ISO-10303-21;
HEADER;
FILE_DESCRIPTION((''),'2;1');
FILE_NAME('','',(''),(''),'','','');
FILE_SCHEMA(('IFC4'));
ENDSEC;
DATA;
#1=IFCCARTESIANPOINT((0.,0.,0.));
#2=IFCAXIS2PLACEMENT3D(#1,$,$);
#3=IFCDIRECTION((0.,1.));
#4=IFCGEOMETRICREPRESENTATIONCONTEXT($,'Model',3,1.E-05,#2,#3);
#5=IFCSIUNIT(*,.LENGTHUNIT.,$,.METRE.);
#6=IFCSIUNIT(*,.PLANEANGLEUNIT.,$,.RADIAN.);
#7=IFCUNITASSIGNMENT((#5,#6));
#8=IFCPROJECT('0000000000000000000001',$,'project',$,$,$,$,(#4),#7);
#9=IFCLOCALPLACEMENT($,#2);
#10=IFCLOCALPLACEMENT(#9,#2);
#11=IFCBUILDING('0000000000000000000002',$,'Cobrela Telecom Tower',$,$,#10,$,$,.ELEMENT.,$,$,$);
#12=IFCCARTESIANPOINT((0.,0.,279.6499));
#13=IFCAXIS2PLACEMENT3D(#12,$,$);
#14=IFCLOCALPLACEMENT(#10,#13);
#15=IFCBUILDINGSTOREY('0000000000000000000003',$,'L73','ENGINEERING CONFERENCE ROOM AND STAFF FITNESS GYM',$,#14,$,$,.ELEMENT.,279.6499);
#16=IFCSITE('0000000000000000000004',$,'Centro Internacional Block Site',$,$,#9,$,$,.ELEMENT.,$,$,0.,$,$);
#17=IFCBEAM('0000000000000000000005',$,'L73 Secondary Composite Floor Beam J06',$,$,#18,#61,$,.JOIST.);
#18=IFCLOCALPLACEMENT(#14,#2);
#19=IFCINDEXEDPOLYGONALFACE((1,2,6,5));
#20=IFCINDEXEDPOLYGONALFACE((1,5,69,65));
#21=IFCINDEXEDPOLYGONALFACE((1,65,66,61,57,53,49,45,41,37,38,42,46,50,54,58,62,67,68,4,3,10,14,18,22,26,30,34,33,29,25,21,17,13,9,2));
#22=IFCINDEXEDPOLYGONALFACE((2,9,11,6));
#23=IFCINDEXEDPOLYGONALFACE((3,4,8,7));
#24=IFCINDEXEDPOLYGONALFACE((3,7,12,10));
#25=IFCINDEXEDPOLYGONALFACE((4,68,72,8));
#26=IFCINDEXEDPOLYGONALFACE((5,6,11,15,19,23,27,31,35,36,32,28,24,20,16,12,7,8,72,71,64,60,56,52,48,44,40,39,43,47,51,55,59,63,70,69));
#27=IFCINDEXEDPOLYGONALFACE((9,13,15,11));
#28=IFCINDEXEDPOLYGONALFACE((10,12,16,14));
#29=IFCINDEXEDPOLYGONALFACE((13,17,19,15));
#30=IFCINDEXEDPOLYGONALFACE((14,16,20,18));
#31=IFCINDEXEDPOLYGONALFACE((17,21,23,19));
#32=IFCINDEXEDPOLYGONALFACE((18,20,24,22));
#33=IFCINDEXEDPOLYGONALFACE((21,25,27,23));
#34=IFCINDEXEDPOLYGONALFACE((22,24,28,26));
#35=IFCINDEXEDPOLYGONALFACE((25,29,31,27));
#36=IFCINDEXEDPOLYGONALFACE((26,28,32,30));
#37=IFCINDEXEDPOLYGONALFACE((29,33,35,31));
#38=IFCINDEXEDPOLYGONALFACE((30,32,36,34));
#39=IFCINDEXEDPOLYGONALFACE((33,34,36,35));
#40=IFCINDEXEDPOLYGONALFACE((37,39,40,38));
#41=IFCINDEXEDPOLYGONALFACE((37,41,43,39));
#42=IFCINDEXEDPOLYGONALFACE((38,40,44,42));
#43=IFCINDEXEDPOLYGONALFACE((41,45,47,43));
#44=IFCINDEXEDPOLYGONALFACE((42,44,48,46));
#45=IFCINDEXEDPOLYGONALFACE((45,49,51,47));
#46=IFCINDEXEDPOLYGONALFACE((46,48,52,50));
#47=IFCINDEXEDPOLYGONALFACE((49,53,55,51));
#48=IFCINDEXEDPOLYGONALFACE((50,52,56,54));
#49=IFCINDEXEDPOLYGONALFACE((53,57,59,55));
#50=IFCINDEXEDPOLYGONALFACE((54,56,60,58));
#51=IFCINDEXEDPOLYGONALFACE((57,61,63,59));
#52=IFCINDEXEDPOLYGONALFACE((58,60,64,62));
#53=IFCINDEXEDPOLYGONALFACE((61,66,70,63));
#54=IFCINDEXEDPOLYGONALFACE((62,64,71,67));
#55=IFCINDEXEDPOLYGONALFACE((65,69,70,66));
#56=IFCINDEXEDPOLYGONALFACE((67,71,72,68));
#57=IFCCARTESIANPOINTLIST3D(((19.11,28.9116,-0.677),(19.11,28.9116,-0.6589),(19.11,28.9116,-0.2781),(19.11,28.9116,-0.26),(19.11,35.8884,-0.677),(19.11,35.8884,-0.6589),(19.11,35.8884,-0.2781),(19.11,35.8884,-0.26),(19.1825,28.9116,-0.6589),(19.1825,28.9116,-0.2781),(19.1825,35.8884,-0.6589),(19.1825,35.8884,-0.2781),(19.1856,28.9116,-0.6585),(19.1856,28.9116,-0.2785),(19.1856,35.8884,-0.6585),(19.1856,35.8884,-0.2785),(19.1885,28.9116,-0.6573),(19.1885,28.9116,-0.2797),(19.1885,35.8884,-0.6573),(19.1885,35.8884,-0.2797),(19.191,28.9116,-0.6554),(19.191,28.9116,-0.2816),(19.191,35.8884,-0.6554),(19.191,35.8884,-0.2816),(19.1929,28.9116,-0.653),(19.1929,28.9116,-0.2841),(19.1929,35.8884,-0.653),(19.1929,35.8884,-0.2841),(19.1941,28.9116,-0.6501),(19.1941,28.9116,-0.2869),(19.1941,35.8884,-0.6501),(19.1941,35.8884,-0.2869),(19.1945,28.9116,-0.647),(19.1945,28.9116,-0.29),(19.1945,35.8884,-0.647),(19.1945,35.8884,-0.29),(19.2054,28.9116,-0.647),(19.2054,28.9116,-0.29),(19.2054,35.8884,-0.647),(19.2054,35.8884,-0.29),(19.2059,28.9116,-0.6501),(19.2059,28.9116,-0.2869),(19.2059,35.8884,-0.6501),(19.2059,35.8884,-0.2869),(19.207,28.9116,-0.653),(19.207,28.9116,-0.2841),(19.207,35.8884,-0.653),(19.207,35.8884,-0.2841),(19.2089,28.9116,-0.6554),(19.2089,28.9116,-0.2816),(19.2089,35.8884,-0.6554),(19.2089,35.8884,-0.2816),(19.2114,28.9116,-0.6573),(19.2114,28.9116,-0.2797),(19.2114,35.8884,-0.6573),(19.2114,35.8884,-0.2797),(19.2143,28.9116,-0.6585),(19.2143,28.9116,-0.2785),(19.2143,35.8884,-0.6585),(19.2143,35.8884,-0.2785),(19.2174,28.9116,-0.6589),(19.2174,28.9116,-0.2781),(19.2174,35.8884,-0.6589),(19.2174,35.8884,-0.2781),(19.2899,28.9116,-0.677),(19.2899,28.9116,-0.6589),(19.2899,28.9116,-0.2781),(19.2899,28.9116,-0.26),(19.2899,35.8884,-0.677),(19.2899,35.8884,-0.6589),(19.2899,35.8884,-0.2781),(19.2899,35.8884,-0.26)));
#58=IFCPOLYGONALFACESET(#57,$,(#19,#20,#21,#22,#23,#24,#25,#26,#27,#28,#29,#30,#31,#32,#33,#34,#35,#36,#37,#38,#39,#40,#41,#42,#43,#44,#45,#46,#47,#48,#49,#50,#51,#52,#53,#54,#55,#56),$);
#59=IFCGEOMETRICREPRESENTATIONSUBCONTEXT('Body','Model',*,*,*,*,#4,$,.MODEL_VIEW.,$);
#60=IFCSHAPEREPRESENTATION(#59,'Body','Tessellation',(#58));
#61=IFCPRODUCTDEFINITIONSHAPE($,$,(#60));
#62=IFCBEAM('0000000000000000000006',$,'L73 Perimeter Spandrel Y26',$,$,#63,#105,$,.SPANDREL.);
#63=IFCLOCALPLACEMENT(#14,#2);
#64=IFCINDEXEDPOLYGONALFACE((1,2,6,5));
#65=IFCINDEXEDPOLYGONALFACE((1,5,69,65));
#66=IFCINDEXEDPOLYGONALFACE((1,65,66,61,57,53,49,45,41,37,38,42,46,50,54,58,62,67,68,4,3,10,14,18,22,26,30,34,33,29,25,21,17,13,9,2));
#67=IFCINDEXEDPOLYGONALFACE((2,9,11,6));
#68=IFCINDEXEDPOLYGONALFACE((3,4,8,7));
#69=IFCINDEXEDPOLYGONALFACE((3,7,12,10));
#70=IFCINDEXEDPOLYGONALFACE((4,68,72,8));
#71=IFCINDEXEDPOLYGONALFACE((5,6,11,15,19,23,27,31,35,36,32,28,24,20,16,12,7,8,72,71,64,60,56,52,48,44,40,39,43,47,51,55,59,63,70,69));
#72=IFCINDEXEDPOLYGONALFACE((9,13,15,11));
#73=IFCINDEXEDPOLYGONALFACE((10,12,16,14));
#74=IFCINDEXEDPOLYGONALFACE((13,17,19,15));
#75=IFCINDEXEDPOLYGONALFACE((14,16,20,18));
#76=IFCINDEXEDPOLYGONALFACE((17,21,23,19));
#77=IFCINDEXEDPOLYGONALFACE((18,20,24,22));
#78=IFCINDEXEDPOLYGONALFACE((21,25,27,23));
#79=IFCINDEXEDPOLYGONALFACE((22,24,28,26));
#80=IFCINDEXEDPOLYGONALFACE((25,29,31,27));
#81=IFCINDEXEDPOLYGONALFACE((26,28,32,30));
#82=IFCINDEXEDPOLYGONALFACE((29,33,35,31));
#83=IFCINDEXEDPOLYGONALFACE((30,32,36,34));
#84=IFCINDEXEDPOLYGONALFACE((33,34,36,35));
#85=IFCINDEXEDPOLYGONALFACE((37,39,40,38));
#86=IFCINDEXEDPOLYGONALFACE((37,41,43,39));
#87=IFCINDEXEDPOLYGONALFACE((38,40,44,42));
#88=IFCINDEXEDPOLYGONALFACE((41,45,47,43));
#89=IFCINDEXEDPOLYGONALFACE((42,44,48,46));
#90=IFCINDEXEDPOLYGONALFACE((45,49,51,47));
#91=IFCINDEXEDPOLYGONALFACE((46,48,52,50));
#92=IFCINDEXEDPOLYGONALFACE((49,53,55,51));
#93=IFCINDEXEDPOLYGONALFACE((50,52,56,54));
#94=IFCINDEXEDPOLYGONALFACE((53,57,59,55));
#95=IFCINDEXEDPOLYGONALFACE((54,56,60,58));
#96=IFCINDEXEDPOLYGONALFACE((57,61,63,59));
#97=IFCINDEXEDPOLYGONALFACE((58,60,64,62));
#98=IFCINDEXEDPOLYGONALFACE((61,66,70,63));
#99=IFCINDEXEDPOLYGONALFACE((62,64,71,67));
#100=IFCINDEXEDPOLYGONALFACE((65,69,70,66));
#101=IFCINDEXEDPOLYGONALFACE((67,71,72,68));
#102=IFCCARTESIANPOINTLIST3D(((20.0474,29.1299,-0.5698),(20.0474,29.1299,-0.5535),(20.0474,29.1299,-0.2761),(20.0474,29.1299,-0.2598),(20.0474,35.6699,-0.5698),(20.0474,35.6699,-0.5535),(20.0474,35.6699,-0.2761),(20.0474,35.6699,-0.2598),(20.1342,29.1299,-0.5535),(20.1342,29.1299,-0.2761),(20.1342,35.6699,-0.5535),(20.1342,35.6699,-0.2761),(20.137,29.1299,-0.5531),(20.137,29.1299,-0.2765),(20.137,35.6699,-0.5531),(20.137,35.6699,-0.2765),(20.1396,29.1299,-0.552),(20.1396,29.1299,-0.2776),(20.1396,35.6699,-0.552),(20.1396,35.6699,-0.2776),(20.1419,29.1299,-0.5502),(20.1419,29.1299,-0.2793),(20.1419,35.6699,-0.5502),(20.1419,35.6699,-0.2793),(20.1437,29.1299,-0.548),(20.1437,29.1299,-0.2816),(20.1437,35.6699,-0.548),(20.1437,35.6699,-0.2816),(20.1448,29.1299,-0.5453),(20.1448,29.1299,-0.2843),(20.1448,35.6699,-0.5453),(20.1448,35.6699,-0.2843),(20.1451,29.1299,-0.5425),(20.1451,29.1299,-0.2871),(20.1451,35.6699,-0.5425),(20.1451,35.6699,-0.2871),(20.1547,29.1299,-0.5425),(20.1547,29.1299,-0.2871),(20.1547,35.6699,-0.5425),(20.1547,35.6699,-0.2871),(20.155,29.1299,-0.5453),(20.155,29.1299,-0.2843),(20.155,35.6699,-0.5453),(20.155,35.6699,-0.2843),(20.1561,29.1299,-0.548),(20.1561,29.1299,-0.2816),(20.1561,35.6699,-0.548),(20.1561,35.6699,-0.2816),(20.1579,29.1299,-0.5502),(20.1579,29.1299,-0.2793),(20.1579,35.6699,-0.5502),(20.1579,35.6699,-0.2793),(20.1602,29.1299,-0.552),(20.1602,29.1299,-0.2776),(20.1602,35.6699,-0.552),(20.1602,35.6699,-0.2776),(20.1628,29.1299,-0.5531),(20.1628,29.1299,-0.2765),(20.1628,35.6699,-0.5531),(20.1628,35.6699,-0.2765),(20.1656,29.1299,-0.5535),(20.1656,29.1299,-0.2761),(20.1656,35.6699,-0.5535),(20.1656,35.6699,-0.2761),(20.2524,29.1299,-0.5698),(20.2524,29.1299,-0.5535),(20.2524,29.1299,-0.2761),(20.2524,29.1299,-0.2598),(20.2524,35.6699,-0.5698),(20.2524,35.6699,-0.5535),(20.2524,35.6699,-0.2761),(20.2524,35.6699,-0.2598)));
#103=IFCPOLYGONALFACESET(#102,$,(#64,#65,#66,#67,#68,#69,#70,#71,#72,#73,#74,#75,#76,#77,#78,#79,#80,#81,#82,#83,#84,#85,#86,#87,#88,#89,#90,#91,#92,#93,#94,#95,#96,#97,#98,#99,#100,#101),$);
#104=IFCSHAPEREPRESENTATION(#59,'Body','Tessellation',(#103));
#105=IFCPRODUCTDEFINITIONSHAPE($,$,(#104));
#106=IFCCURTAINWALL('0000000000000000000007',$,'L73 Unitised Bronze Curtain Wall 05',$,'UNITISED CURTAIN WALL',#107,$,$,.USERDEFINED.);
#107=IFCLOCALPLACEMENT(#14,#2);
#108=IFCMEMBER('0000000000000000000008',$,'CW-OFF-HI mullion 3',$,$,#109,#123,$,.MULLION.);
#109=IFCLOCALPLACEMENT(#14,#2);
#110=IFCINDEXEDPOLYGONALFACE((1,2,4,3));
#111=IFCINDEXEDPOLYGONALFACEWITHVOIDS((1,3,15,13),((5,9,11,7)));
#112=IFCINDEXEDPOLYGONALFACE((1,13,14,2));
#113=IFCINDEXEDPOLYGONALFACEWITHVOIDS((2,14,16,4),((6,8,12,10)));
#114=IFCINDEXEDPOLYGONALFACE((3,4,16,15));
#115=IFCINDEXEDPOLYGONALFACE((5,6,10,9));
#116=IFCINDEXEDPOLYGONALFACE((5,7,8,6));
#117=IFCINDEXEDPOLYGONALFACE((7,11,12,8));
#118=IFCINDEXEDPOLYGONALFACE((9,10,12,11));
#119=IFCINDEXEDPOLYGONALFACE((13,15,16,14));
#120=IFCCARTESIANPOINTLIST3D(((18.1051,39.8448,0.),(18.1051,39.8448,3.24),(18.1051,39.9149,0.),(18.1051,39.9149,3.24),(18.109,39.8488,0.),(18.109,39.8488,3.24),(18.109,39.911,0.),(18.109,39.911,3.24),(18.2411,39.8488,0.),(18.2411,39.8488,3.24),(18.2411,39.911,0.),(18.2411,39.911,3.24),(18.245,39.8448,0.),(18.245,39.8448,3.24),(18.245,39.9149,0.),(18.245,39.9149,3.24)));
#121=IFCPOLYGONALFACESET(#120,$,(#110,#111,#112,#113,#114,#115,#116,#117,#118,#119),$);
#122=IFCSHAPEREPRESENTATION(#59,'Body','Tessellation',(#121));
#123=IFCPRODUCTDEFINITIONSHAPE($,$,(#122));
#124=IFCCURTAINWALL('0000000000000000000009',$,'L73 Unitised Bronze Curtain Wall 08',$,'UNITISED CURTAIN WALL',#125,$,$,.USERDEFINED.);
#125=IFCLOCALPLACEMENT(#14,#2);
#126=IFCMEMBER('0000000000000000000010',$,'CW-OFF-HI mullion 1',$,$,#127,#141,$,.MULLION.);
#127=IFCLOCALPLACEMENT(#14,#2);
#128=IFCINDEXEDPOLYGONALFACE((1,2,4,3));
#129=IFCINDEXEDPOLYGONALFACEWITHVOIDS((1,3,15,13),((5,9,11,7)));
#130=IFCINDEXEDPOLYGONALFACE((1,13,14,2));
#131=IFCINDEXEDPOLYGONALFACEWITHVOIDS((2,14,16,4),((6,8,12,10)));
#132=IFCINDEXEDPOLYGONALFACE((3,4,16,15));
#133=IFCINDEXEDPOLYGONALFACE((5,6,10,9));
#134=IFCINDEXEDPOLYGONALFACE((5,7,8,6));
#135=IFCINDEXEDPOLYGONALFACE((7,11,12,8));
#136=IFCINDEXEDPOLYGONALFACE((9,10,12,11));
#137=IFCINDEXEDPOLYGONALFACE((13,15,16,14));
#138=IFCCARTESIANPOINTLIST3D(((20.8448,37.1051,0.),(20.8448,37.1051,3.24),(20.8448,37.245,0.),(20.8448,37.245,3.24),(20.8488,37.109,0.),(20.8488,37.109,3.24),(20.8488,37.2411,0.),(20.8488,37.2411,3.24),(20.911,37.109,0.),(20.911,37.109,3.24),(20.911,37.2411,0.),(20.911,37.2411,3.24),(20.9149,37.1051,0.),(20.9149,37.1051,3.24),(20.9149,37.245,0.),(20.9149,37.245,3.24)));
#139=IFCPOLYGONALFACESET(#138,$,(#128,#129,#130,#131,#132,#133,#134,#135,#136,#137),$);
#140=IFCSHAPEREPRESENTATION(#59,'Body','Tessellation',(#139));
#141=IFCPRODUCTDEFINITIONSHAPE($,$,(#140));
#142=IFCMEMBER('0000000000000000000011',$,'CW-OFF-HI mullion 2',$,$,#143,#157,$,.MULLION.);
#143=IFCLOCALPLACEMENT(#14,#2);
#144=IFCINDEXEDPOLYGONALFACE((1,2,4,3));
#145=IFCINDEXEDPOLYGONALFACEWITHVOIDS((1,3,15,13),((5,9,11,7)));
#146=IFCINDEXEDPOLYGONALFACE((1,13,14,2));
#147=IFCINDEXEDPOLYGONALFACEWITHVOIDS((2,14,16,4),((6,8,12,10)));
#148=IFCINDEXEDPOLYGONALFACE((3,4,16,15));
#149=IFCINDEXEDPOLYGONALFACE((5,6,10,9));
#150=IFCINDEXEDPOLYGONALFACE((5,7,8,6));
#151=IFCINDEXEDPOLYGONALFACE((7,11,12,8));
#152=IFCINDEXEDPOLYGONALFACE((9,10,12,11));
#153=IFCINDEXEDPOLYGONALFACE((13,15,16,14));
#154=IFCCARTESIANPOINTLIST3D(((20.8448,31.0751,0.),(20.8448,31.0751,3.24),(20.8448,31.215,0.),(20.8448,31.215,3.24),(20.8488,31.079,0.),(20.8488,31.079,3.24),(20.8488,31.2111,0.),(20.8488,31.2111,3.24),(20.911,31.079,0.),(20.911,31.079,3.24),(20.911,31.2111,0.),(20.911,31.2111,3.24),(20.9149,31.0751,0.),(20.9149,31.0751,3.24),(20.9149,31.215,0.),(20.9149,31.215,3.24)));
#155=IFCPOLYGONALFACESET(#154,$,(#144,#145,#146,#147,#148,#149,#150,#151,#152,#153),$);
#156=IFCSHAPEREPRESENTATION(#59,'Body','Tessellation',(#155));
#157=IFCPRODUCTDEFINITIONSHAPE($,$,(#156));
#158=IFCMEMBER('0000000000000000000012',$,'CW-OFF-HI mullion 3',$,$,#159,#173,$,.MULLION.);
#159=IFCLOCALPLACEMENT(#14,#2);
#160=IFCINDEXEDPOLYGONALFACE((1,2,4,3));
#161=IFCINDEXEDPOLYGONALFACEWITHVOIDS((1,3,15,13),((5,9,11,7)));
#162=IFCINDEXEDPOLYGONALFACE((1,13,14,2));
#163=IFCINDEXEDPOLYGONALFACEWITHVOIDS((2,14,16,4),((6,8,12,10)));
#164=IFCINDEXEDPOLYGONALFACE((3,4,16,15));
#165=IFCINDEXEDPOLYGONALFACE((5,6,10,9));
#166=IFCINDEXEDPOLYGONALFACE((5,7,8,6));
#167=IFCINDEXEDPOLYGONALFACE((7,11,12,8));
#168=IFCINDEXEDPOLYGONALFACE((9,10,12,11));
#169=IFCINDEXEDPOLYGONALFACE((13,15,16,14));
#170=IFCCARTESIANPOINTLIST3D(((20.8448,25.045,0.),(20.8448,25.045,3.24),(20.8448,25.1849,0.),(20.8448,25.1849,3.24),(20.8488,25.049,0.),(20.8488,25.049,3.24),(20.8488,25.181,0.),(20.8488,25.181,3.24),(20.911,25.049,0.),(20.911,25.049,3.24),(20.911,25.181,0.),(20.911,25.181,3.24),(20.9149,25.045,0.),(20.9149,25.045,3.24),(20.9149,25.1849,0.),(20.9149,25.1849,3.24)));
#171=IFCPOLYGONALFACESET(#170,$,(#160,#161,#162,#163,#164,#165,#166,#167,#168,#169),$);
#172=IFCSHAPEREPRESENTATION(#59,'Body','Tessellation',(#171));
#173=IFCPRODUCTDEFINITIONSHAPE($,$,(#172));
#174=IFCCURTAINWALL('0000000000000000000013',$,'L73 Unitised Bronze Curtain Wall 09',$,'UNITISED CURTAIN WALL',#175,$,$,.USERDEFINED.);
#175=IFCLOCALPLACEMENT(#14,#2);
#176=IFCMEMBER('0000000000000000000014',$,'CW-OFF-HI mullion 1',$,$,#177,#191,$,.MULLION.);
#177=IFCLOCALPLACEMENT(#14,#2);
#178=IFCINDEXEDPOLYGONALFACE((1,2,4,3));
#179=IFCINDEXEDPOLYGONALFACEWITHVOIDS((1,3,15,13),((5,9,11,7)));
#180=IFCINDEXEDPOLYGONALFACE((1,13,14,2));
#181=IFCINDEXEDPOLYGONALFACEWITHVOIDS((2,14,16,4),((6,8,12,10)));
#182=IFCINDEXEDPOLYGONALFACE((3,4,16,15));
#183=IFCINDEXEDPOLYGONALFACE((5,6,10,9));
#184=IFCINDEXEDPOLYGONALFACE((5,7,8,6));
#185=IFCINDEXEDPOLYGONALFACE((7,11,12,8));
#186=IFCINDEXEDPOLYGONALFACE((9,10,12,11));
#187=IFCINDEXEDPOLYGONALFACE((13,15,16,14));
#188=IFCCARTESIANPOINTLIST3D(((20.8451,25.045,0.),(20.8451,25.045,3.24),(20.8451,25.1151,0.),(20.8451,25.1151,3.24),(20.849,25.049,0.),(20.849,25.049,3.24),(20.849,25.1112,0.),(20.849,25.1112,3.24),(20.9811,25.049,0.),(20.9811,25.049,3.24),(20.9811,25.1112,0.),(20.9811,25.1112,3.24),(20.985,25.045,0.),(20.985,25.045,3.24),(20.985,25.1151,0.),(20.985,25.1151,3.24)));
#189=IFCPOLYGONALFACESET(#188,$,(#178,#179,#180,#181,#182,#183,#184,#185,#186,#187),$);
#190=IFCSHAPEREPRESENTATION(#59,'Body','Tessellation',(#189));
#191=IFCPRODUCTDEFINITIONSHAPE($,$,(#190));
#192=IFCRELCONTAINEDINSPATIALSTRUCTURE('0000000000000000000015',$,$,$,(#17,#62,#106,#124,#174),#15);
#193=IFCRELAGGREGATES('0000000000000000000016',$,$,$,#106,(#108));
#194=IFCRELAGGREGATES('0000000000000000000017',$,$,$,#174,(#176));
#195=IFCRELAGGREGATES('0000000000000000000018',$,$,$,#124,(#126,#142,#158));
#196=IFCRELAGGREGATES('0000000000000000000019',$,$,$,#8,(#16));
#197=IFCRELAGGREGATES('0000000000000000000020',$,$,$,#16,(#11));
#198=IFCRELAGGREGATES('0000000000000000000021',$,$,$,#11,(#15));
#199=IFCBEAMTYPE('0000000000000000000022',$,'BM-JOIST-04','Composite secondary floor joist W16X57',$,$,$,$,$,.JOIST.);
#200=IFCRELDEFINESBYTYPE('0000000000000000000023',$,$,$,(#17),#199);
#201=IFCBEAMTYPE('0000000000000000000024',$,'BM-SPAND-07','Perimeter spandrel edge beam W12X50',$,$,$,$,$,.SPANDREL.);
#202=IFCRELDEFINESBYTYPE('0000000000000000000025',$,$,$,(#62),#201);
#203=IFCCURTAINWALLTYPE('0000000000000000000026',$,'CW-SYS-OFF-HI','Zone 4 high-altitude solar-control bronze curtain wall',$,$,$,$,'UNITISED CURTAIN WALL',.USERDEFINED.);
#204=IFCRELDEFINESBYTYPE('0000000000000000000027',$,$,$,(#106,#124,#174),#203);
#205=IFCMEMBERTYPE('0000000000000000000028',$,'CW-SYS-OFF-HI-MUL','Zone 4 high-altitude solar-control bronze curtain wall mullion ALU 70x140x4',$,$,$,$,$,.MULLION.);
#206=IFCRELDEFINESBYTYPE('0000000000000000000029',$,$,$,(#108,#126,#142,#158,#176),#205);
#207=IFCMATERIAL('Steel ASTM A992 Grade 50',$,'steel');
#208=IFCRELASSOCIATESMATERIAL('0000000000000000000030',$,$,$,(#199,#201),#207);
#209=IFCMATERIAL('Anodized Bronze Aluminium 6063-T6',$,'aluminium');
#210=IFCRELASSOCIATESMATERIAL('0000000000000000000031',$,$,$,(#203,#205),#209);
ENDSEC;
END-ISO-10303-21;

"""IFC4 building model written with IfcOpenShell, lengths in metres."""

from ifc_helpers import new_model, si_unit, direction, frame, origin, origin_2d, place, context, subcontext, project, spatial, hollow_rectangle, i_section, extrude, material, material_profile, profile_set, type_object, element, aggregate, save


model = new_model("IFC4")

# Units and contexts
model_context = context("Model", 3, precision=1e-05, world=origin(), true_north=direction((0.0, 1.0)))
body_context = subcontext(model_context, "Body", "Model", "MODEL_VIEW")
ifc_project = project(units=[si_unit("LENGTHUNIT", "METRE"), si_unit("PLANEANGLEUNIT", "RADIAN")], contexts=[model_context])

# Site, building, storey
site_placement = place(None, origin())
site = spatial("IfcSite", under=ifc_project, at=site_placement, Name="Centro Internacional Block Site", CompositionType="ELEMENT", RefElevation=0.0)
building_placement = place(site_placement, origin())
building = spatial("IfcBuilding", under=site, at=building_placement, Name="Cobrela Telecom Tower", CompositionType="ELEMENT")
storey_placement = place(building_placement, frame((0.0, 0.0, 279.6499)))
storey = spatial("IfcBuildingStorey", under=building, at=storey_placement, Name="L73", Description="ENGINEERING CONFERENCE ROOM AND STAFF FITNESS GYM", CompositionType="ELEMENT", Elevation=279.6499)

# Shared definitions
ifc_material_1 = material(Name="Steel ASTM A992 Grade 50", Category="steel")

# Beams
ifc_material_profile_1 = material_profile(ifc_material_1, i_section(OverallWidth=0.1799, OverallDepth=0.417, WebThickness=0.011, FlangeThickness=0.0181, FilletRadius=0.012, at=origin_2d()), Name="W16X57")
ifc_profile_set_1 = profile_set([ifc_material_profile_1], Name="Steel ASTM A992 Grade 50")
beam_type_1 = type_object("IfcBeamType", Name="BM-JOIST-04", Description="Composite secondary floor joist W16X57", PredefinedType="JOIST", material=ifc_profile_set_1)
beam_1_placement = place(storey_placement, frame((19.2, 28.9116, -0.4685), z_axis=(0.0, 1.0, 0.0), x_axis=(-1.0, 0.0, 0.0)))
element("IfcBeam", 1, at=beam_1_placement, inside=storey, type_object=beam_type_1, Name="L73 Secondary Composite Floor Beam J06", PredefinedType="JOIST", context=body_context, shape_type="SweptSolid", body=[
    extrude(i_section(OverallWidth=0.1799, OverallDepth=0.417, WebThickness=0.011, FlangeThickness=0.0181, FilletRadius=0.012, at=origin_2d()), origin(), (0.0, 0.0, 1.0), 6.9768),
])
ifc_material_profile_2 = material_profile(ifc_material_1, i_section(OverallWidth=0.2051, OverallDepth=0.3101, WebThickness=0.0095, FlangeThickness=0.0164, FilletRadius=0.011, at=origin_2d()), Name="W12X50")
ifc_profile_set_2 = profile_set([ifc_material_profile_2], Name="Steel ASTM A992 Grade 50")
beam_type_2 = type_object("IfcBeamType", Name="BM-SPAND-07", Description="Perimeter spandrel edge beam W12X50", PredefinedType="SPANDREL", material=ifc_profile_set_2)
beam_2_placement = place(storey_placement, frame((20.1499, 29.1299, -0.4148), z_axis=(0.0, 1.0, 0.0), x_axis=(-1.0, 0.0, 0.0)))
element("IfcBeam", 2, at=beam_2_placement, inside=storey, type_object=beam_type_2, Name="L73 Perimeter Spandrel Y26", PredefinedType="SPANDREL", context=body_context, shape_type="SweptSolid", body=[
    extrude(i_section(OverallWidth=0.2051, OverallDepth=0.3101, WebThickness=0.0095, FlangeThickness=0.0164, FilletRadius=0.011, at=origin_2d()), origin(), (0.0, 0.0, 1.0), 6.54),
])

# Curtain wall, member
ifc_material_2 = material(Name="Anodized Bronze Aluminium 6063-T6", Category="aluminium")
curtain_wall_type = type_object("IfcCurtainWallType", Name="CW-SYS-OFF-HI", Description="Zone 4 high-altitude solar-control bronze curtain wall", ElementType="UNITISED CURTAIN WALL", PredefinedType="USERDEFINED", material=ifc_material_2)
curtain_wall_1_placement = place(storey_placement, origin())
curtain_wall_1 = element("IfcCurtainWall", 3, at=curtain_wall_1_placement, inside=storey, type_object=curtain_wall_type, Name="L73 Unitised Bronze Curtain Wall 05", ObjectType="UNITISED CURTAIN WALL", PredefinedType="USERDEFINED")
ifc_material_profile_3 = material_profile(ifc_material_2, hollow_rectangle(XDim=0.0701, YDim=0.1399, WallThickness=0.0039, at=origin_2d()), Name="ALU 70x140x4")
ifc_profile_set_3 = profile_set([ifc_material_profile_3], Name="Anodized Bronze Aluminium 6063-T6")
member_type_1 = type_object("IfcMemberType", Name="CW-SYS-OFF-HI-MUL", Description="Zone 4 high-altitude solar-control bronze curtain wall mullion ALU 70x140x4", PredefinedType="MULLION", material=ifc_profile_set_3)
member_1_placement = place(storey_placement, frame((18.175, 39.8799, 0.0), z_axis=(0.0, 0.0, 1.0), x_axis=(0.0, 1.0, 0.0)))
member_1 = element("IfcMember", 4, at=member_1_placement, type_object=member_type_1, Name="CW-OFF-HI mullion 3", PredefinedType="MULLION", context=body_context, shape_type="SweptSolid", body=[
    extrude(hollow_rectangle(XDim=0.0701, YDim=0.1399, WallThickness=0.0039, at=origin_2d()), origin(), (0.0, 0.0, 1.0), 3.24),
])
aggregate(curtain_wall_1, [member_1])

# Curtain wall, members
curtain_wall_2_placement = place(storey_placement, origin())
curtain_wall_2 = element("IfcCurtainWall", 5, at=curtain_wall_2_placement, inside=storey, type_object=curtain_wall_type, Name="L73 Unitised Bronze Curtain Wall 08", ObjectType="UNITISED CURTAIN WALL", PredefinedType="USERDEFINED")
member_2_placement = place(storey_placement, frame((20.8799, 37.175, 0.0), z_axis=(0.0, 0.0, 1.0), x_axis=(1.0, 0.0, 0.0)))
member_2 = element("IfcMember", 6, at=member_2_placement, type_object=member_type_1, Name="CW-OFF-HI mullion 1", PredefinedType="MULLION", context=body_context, shape_type="SweptSolid", body=[
    extrude(hollow_rectangle(XDim=0.0701, YDim=0.1399, WallThickness=0.0039, at=origin_2d()), origin(), (0.0, 0.0, 1.0), 3.24),
])
member_3_placement = place(storey_placement, frame((20.8799, 31.145, 0.0), z_axis=(0.0, 0.0, 1.0), x_axis=(1.0, 0.0, 0.0)))
member_3 = element("IfcMember", 7, at=member_3_placement, type_object=member_type_1, Name="CW-OFF-HI mullion 2", PredefinedType="MULLION", context=body_context, shape_type="SweptSolid", body=[
    extrude(hollow_rectangle(XDim=0.0701, YDim=0.1399, WallThickness=0.0039, at=origin_2d()), origin(), (0.0, 0.0, 1.0), 3.24),
])
member_4_placement = place(storey_placement, frame((20.8799, 25.115, 0.0), z_axis=(0.0, 0.0, 1.0), x_axis=(1.0, 0.0, 0.0)))
member_4 = element("IfcMember", 8, at=member_4_placement, type_object=member_type_1, Name="CW-OFF-HI mullion 3", PredefinedType="MULLION", context=body_context, shape_type="SweptSolid", body=[
    extrude(hollow_rectangle(XDim=0.0701, YDim=0.1399, WallThickness=0.0039, at=origin_2d()), origin(), (0.0, 0.0, 1.0), 3.24),
])

# Curtain wall, member
curtain_wall_3_placement = place(storey_placement, origin())
curtain_wall_3 = element("IfcCurtainWall", 9, at=curtain_wall_3_placement, inside=storey, type_object=curtain_wall_type, Name="L73 Unitised Bronze Curtain Wall 09", ObjectType="UNITISED CURTAIN WALL", PredefinedType="USERDEFINED")
member_5_placement = place(storey_placement, frame((20.915, 25.0801, 0.0), z_axis=(0.0, 0.0, 1.0), x_axis=(0.0, 1.0, 0.0)))
member_5 = element("IfcMember", 10, at=member_5_placement, type_object=member_type_1, Name="CW-OFF-HI mullion 1", PredefinedType="MULLION", context=body_context, shape_type="SweptSolid", body=[
    extrude(hollow_rectangle(XDim=0.0701, YDim=0.1399, WallThickness=0.0039, at=origin_2d()), origin(), (0.0, 0.0, 1.0), 3.24),
])

aggregate(curtain_wall_3, [member_5])

aggregate(curtain_wall_2, [member_2, member_3, member_4])

save(model, "model.ifc")
